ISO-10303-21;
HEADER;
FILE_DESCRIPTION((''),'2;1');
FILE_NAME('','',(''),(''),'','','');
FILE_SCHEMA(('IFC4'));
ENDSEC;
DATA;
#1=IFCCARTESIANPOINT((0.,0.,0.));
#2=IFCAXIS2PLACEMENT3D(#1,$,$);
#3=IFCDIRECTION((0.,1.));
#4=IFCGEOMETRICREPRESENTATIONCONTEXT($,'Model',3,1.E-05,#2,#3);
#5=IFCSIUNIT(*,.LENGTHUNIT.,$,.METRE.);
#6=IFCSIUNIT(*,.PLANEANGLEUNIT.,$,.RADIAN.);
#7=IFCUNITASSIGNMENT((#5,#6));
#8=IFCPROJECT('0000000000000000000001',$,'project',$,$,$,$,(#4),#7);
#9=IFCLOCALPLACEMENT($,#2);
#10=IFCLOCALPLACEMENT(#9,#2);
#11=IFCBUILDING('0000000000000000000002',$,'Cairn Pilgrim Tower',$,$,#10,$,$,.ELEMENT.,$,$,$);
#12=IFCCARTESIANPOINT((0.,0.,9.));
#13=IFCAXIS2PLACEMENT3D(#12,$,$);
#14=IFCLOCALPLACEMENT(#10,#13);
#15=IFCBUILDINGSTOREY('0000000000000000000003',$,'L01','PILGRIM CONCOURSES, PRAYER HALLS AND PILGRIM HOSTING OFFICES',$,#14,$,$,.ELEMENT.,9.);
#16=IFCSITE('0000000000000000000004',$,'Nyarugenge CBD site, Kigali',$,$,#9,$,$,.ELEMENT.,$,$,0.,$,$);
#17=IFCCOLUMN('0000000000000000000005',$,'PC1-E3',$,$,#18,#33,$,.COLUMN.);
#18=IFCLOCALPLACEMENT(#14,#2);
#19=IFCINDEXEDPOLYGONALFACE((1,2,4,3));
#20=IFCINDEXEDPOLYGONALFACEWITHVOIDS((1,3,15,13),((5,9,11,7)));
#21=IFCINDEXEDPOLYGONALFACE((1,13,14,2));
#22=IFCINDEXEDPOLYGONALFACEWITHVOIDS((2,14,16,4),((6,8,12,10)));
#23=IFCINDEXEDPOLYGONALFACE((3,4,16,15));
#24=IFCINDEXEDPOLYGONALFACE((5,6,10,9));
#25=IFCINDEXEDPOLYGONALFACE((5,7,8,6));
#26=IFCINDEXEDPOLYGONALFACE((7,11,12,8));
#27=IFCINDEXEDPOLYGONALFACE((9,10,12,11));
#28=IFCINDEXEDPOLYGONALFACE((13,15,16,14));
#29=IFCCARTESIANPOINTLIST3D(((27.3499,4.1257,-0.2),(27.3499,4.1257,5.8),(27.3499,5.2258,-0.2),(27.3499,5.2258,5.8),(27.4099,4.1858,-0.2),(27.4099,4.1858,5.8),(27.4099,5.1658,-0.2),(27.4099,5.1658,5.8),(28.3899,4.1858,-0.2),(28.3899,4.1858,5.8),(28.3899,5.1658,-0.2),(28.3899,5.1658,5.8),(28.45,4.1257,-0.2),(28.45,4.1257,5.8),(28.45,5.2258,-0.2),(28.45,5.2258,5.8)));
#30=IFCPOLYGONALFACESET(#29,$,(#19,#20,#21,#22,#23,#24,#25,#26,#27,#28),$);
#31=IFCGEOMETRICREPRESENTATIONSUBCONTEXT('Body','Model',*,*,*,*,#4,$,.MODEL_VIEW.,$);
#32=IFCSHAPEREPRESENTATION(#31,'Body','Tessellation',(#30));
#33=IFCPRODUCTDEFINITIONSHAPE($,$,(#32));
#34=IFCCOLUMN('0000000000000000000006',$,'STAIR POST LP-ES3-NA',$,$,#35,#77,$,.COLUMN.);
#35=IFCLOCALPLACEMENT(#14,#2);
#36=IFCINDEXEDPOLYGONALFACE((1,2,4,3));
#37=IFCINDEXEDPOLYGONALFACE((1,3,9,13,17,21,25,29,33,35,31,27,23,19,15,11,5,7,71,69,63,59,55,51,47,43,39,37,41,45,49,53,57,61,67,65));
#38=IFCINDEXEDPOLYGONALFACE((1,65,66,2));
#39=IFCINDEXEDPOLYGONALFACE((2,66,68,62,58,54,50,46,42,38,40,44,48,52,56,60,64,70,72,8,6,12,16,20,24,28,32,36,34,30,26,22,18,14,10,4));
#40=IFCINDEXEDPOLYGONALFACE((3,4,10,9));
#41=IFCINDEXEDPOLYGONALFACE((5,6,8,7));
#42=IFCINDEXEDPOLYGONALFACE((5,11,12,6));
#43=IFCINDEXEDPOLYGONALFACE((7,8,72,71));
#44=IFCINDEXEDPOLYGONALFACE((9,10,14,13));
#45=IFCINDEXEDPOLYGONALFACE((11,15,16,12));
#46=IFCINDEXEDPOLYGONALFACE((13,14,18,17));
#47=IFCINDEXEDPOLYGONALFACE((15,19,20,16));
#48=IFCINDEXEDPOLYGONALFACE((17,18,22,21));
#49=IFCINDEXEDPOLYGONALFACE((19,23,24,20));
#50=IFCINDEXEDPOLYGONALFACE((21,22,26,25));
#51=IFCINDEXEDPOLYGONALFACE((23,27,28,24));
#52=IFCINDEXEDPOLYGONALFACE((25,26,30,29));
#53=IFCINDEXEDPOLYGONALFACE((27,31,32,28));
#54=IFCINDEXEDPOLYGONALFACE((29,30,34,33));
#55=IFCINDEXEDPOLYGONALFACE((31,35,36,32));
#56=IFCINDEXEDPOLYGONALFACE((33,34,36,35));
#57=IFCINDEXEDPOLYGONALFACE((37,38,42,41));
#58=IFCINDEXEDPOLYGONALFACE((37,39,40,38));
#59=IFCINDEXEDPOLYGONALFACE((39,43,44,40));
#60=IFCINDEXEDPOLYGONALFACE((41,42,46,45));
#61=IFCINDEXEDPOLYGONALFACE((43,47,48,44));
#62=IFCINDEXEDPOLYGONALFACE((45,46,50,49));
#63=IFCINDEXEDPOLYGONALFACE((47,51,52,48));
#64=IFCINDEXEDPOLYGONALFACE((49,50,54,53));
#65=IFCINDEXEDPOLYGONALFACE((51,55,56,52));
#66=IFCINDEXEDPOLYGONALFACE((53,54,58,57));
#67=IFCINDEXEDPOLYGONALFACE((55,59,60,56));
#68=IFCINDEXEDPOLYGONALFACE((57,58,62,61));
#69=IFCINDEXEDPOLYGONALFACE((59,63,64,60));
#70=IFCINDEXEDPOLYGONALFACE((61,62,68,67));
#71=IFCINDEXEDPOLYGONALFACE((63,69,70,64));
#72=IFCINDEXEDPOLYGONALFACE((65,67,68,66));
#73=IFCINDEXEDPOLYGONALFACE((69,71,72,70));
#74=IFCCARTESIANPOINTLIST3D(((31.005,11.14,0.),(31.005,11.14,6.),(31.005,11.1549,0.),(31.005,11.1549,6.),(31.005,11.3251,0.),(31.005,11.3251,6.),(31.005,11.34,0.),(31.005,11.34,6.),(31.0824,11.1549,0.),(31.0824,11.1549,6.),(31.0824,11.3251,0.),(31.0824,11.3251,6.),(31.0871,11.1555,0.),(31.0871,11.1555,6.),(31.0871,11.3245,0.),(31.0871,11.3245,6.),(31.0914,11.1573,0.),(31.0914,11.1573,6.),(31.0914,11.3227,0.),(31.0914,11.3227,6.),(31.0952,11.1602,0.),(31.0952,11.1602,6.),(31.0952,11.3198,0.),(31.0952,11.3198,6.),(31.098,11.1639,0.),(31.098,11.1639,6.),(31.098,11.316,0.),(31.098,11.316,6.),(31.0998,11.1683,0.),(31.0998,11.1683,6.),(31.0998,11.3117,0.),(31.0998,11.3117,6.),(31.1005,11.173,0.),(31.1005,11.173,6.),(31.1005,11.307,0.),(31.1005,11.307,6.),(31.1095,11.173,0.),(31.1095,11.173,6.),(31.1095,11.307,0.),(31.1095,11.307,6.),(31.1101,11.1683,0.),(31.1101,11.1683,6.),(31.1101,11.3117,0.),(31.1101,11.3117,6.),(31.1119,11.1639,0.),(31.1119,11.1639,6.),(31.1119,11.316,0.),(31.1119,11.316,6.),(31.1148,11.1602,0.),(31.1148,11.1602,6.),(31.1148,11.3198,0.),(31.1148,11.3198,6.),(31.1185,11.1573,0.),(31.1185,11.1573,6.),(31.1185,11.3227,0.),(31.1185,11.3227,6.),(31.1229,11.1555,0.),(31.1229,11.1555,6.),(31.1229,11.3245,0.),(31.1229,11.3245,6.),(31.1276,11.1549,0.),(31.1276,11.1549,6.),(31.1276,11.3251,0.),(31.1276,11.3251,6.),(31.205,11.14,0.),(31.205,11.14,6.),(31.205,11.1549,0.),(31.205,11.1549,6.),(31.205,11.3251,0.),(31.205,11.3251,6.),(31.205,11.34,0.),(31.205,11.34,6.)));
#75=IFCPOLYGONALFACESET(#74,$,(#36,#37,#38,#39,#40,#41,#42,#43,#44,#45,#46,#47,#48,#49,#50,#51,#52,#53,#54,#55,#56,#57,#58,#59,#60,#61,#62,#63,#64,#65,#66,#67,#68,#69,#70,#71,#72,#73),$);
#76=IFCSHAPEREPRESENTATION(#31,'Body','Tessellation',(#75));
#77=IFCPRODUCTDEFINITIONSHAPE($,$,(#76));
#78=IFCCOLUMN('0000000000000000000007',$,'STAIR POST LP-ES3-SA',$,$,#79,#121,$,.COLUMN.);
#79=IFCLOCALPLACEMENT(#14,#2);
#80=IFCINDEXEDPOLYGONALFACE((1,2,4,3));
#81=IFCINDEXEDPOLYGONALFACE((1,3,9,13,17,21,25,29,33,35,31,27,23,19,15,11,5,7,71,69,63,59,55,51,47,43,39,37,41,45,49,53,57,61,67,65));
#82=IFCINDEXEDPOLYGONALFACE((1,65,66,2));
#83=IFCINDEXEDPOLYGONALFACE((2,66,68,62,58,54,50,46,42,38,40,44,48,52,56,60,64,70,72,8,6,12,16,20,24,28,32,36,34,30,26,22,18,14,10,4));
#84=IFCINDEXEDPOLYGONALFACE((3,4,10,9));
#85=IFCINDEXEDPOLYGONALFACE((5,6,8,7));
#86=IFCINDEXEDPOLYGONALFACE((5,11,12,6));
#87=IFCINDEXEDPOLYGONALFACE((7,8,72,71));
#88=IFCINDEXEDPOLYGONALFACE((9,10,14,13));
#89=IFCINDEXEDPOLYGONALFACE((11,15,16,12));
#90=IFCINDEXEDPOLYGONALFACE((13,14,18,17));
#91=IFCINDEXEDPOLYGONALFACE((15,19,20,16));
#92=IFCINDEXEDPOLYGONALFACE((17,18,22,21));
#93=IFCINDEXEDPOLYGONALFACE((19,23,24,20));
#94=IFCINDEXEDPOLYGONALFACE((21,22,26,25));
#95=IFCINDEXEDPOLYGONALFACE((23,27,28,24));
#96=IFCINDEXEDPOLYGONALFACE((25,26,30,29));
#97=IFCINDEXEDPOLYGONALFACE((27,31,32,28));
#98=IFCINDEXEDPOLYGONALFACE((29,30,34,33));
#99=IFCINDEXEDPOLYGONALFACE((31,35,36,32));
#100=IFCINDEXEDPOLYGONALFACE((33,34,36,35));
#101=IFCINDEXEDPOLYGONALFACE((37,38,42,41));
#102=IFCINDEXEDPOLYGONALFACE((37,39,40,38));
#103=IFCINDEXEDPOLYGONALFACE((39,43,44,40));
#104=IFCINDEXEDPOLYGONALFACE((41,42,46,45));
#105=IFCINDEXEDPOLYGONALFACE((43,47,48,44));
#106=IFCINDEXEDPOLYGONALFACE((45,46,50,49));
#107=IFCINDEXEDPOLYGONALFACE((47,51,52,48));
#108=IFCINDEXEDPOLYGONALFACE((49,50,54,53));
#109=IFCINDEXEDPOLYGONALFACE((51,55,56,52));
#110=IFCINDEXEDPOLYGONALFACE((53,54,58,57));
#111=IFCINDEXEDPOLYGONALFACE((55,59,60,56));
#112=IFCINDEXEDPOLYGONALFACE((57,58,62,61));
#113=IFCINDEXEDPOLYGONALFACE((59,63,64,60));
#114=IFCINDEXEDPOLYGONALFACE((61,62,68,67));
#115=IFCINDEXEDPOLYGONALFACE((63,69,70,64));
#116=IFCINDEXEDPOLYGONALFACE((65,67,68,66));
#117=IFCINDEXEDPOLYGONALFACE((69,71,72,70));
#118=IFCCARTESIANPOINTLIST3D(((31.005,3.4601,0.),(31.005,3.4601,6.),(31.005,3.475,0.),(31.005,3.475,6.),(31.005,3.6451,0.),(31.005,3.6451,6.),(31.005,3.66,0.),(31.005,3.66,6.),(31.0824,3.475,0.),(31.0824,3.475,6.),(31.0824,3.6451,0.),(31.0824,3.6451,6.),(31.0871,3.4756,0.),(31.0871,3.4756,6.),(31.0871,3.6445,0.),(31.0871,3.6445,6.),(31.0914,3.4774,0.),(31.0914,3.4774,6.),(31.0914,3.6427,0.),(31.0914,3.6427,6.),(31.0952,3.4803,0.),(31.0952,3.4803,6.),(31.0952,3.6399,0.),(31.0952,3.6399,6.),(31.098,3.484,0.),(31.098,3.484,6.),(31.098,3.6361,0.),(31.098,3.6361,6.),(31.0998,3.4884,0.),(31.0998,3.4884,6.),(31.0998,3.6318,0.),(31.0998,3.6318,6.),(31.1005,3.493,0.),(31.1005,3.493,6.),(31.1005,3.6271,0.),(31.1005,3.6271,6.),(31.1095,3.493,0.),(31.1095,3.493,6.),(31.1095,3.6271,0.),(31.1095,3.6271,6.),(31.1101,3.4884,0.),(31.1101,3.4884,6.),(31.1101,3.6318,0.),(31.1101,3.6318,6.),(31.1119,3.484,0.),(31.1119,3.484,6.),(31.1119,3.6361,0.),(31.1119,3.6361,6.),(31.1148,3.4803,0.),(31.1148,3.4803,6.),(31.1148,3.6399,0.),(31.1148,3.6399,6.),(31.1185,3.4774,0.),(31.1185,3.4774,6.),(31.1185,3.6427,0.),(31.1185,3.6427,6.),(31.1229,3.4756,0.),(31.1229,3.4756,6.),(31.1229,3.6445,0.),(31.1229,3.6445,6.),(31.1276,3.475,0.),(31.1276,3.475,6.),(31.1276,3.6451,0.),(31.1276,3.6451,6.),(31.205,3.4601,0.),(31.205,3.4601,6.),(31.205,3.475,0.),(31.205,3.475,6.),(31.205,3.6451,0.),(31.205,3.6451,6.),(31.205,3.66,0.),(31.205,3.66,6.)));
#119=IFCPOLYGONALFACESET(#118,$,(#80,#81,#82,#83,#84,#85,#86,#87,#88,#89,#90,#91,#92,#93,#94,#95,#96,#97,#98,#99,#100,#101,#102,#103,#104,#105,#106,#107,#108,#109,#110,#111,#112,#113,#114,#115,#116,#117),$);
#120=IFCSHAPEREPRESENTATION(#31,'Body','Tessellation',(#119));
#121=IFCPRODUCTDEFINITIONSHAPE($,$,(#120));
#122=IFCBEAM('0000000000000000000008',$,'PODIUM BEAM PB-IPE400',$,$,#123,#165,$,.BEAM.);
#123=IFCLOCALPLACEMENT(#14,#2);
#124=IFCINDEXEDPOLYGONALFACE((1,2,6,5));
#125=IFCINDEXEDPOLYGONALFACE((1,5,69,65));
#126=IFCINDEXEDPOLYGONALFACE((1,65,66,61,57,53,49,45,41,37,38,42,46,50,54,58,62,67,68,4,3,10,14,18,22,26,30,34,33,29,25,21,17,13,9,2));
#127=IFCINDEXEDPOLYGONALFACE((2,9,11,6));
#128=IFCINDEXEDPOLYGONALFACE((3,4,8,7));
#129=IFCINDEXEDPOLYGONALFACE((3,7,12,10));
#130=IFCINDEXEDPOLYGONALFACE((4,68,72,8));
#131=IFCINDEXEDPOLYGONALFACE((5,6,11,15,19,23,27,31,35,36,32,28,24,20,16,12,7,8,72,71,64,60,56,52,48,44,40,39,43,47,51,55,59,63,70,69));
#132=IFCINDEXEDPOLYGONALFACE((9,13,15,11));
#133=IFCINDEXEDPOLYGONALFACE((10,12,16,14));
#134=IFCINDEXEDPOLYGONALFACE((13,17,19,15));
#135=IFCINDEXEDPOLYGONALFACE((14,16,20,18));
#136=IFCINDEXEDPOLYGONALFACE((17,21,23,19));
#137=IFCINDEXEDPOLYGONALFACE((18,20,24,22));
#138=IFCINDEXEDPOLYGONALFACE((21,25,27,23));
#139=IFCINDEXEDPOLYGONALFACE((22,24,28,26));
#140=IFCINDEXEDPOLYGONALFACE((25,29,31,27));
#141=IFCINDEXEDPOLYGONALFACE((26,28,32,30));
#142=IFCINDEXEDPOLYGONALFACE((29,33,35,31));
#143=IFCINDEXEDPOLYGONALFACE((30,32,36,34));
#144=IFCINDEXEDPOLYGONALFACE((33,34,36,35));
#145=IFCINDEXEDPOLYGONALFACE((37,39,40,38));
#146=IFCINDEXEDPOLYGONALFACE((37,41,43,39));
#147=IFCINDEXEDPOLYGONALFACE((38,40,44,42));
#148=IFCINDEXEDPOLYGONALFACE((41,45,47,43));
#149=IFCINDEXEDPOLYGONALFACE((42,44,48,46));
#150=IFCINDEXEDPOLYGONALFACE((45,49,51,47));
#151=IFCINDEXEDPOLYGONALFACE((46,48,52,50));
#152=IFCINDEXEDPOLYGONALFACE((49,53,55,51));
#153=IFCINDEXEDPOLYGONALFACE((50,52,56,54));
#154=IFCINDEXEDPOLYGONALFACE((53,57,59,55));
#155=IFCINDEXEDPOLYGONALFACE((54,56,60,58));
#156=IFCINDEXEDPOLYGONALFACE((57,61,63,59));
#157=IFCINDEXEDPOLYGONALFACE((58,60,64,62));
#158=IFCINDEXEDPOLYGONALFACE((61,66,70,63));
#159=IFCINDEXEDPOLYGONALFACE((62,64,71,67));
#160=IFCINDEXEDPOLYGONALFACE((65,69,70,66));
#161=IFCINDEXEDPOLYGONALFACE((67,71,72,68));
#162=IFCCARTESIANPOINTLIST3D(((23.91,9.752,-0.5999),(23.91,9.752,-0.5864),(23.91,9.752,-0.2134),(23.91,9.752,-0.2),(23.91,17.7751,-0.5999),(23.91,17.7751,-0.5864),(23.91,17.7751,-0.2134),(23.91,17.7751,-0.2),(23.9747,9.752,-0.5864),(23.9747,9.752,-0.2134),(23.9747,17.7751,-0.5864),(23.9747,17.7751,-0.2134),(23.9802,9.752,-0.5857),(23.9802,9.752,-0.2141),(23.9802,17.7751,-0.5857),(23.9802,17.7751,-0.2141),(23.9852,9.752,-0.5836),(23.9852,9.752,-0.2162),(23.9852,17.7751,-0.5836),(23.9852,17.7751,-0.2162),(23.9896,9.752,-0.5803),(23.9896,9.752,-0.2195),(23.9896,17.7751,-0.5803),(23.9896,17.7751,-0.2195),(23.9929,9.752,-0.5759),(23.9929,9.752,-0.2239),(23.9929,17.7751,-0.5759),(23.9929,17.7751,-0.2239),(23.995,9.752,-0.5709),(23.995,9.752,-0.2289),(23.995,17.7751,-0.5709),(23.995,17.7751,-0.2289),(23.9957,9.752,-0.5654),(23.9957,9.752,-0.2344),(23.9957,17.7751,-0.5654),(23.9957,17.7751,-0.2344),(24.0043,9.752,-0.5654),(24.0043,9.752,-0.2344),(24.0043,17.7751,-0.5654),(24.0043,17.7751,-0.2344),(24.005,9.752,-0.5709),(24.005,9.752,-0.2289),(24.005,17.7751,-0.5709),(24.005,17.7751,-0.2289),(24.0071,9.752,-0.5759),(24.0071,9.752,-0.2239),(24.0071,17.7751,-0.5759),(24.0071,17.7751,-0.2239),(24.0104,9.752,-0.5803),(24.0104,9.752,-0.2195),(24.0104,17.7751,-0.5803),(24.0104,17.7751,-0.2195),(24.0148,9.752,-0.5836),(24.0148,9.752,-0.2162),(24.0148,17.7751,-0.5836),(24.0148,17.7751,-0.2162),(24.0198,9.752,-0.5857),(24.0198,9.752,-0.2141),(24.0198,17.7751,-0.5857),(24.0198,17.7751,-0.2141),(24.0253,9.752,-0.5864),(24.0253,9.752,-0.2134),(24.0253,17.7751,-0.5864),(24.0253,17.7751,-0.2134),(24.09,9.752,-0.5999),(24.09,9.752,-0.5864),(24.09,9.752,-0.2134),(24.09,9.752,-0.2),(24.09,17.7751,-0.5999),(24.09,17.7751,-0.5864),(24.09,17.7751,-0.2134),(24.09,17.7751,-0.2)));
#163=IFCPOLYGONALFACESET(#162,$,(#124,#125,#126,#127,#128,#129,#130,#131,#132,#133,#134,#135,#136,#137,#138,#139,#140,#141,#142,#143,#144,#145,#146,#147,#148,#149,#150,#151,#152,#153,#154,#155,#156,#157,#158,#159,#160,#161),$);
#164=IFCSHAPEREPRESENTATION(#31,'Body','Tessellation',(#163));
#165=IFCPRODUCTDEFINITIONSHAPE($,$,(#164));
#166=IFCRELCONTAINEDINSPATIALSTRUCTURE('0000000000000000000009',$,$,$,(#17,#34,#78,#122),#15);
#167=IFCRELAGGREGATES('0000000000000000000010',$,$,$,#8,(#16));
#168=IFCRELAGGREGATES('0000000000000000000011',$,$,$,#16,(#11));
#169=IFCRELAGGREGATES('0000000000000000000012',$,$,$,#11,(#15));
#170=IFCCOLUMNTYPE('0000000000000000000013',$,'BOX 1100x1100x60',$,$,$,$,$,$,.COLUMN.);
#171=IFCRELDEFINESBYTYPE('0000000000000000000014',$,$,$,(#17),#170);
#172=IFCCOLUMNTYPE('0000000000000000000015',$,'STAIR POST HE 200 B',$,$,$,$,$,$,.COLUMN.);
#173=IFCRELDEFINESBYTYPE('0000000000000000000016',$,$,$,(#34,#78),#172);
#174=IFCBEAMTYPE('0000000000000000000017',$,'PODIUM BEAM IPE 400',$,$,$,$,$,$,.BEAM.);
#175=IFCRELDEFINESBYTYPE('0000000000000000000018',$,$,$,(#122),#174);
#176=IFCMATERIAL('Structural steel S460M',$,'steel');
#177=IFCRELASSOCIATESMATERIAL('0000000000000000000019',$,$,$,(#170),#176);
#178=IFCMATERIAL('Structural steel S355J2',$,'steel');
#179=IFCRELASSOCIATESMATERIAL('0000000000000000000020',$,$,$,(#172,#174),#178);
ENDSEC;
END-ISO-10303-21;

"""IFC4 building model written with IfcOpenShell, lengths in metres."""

from ifc_helpers import new_model, si_unit, direction, frame, origin, origin_2d, place, context, subcontext, project, spatial, hollow_rectangle, i_section, extrude, material, material_profile, profile_set, type_object, element, save


model = new_model("IFC4")

# Units and contexts
model_context = context("Model", 3, precision=1e-05, world=origin(), true_north=direction((0.0, 1.0)))
body_context = subcontext(model_context, "Body", "Model", "MODEL_VIEW")
ifc_project = project(units=[si_unit("LENGTHUNIT", "METRE"), si_unit("PLANEANGLEUNIT", "RADIAN")], contexts=[model_context])

# Site, building, storey
site_placement = place(None, origin())
site = spatial("IfcSite", under=ifc_project, at=site_placement, Name="Nyarugenge CBD site, Kigali", CompositionType="ELEMENT", RefElevation=0.0)
building_placement = place(site_placement, origin())
building = spatial("IfcBuilding", under=site, at=building_placement, Name="Cairn Pilgrim Tower", CompositionType="ELEMENT")
storey_placement = place(building_placement, frame((0.0, 0.0, 9.0)))
storey = spatial("IfcBuildingStorey", under=building, at=storey_placement, Name="L01", Description="PILGRIM CONCOURSES, PRAYER HALLS AND PILGRIM HOSTING OFFICES", CompositionType="ELEMENT", Elevation=9.0)

# Columns
ifc_material_1 = material(Name="Structural steel S460M", Category="steel")
ifc_material_profile_1 = material_profile(ifc_material_1, hollow_rectangle(XDim=1.1001, YDim=1.1001, WallThickness=0.0601, at=origin_2d()), Name="BOX 1100x1100x60")
ifc_profile_set_1 = profile_set([ifc_material_profile_1], Name="Structural steel S460M")
column_type_1 = type_object("IfcColumnType", Name="BOX 1100x1100x60", PredefinedType="COLUMN", material=ifc_profile_set_1)
column_placement = place(storey_placement, frame((27.8999, 4.6758, -0.2), z_axis=(0.0, 0.0, 1.0), x_axis=(1.0, 0.0, 0.0)))
element("IfcColumn", 1, at=column_placement, inside=storey, type_object=column_type_1, Name="PC1-E3", PredefinedType="COLUMN", context=body_context, shape_type="SweptSolid", body=[
    extrude(hollow_rectangle(XDim=1.1001, YDim=1.1001, WallThickness=0.0601, at=origin_2d()), origin(), (0.0, 0.0, 1.0), 6.0),
])
ifc_material_2 = material(Name="Structural steel S355J2", Category="steel")
ifc_material_profile_2 = material_profile(ifc_material_2, i_section(OverallWidth=0.2, OverallDepth=0.2, WebThickness=0.009, FlangeThickness=0.0149, FilletRadius=0.0181, at=origin_2d()), Name="HE 200 B")
ifc_profile_set_2 = profile_set([ifc_material_profile_2], Name="Structural steel S355J2")
column_type_2 = type_object("IfcColumnType", Name="STAIR POST HE 200 B", PredefinedType="COLUMN", material=ifc_profile_set_2)
for number, where, z_axis, x_axis, name in (
    (2, (31.105, 11.24, 0.0), (0.0, 0.0, 1.0), (1.0, 0.0, 0.0), "STAIR POST LP-ES3-NA"),
    (3, (31.105, 3.5601, 0.0), (0.0, 0.0, 1.0), (1.0, 0.0, 0.0), "STAIR POST LP-ES3-SA"),
):
    element("IfcColumn", number, at=place(storey_placement, frame(where, z_axis=z_axis, x_axis=x_axis)), inside=storey, type_object=column_type_2, Name=name, PredefinedType="COLUMN", context=body_context, shape_type="SweptSolid", body=[
        extrude(i_section(OverallWidth=0.2, OverallDepth=0.2, WebThickness=0.009, FlangeThickness=0.0149, FilletRadius=0.0181, at=origin_2d()), origin(), (0.0, 0.0, 1.0), 6.0),
    ])

# Beam
ifc_material_profile_3 = material_profile(ifc_material_2, i_section(OverallWidth=0.1799, OverallDepth=0.3999, WebThickness=0.0085, FlangeThickness=0.0134, FilletRadius=0.021, at=origin_2d()), Name="IPE 400")
ifc_profile_set_3 = profile_set([ifc_material_profile_3], Name="Structural steel S355J2")
beam_type_1 = type_object("IfcBeamType", Name="PODIUM BEAM IPE 400", PredefinedType="BEAM", material=ifc_profile_set_3)
beam_1_placement = place(storey_placement, frame((24.0, 9.752, -0.3999), z_axis=(0.0, 1.0, 0.0), x_axis=(-1.0, 0.0, 0.0)))
element("IfcBeam", 4, at=beam_1_placement, inside=storey, type_object=beam_type_1, Name="PODIUM BEAM PB-IPE400", PredefinedType="BEAM", context=body_context, shape_type="SweptSolid", body=[
    extrude(i_section(OverallWidth=0.1799, OverallDepth=0.3999, WebThickness=0.0085, FlangeThickness=0.0134, FilletRadius=0.021, at=origin_2d()), origin(), (0.0, 0.0, 1.0), 8.0232),
])

save(model, "model.ifc")
